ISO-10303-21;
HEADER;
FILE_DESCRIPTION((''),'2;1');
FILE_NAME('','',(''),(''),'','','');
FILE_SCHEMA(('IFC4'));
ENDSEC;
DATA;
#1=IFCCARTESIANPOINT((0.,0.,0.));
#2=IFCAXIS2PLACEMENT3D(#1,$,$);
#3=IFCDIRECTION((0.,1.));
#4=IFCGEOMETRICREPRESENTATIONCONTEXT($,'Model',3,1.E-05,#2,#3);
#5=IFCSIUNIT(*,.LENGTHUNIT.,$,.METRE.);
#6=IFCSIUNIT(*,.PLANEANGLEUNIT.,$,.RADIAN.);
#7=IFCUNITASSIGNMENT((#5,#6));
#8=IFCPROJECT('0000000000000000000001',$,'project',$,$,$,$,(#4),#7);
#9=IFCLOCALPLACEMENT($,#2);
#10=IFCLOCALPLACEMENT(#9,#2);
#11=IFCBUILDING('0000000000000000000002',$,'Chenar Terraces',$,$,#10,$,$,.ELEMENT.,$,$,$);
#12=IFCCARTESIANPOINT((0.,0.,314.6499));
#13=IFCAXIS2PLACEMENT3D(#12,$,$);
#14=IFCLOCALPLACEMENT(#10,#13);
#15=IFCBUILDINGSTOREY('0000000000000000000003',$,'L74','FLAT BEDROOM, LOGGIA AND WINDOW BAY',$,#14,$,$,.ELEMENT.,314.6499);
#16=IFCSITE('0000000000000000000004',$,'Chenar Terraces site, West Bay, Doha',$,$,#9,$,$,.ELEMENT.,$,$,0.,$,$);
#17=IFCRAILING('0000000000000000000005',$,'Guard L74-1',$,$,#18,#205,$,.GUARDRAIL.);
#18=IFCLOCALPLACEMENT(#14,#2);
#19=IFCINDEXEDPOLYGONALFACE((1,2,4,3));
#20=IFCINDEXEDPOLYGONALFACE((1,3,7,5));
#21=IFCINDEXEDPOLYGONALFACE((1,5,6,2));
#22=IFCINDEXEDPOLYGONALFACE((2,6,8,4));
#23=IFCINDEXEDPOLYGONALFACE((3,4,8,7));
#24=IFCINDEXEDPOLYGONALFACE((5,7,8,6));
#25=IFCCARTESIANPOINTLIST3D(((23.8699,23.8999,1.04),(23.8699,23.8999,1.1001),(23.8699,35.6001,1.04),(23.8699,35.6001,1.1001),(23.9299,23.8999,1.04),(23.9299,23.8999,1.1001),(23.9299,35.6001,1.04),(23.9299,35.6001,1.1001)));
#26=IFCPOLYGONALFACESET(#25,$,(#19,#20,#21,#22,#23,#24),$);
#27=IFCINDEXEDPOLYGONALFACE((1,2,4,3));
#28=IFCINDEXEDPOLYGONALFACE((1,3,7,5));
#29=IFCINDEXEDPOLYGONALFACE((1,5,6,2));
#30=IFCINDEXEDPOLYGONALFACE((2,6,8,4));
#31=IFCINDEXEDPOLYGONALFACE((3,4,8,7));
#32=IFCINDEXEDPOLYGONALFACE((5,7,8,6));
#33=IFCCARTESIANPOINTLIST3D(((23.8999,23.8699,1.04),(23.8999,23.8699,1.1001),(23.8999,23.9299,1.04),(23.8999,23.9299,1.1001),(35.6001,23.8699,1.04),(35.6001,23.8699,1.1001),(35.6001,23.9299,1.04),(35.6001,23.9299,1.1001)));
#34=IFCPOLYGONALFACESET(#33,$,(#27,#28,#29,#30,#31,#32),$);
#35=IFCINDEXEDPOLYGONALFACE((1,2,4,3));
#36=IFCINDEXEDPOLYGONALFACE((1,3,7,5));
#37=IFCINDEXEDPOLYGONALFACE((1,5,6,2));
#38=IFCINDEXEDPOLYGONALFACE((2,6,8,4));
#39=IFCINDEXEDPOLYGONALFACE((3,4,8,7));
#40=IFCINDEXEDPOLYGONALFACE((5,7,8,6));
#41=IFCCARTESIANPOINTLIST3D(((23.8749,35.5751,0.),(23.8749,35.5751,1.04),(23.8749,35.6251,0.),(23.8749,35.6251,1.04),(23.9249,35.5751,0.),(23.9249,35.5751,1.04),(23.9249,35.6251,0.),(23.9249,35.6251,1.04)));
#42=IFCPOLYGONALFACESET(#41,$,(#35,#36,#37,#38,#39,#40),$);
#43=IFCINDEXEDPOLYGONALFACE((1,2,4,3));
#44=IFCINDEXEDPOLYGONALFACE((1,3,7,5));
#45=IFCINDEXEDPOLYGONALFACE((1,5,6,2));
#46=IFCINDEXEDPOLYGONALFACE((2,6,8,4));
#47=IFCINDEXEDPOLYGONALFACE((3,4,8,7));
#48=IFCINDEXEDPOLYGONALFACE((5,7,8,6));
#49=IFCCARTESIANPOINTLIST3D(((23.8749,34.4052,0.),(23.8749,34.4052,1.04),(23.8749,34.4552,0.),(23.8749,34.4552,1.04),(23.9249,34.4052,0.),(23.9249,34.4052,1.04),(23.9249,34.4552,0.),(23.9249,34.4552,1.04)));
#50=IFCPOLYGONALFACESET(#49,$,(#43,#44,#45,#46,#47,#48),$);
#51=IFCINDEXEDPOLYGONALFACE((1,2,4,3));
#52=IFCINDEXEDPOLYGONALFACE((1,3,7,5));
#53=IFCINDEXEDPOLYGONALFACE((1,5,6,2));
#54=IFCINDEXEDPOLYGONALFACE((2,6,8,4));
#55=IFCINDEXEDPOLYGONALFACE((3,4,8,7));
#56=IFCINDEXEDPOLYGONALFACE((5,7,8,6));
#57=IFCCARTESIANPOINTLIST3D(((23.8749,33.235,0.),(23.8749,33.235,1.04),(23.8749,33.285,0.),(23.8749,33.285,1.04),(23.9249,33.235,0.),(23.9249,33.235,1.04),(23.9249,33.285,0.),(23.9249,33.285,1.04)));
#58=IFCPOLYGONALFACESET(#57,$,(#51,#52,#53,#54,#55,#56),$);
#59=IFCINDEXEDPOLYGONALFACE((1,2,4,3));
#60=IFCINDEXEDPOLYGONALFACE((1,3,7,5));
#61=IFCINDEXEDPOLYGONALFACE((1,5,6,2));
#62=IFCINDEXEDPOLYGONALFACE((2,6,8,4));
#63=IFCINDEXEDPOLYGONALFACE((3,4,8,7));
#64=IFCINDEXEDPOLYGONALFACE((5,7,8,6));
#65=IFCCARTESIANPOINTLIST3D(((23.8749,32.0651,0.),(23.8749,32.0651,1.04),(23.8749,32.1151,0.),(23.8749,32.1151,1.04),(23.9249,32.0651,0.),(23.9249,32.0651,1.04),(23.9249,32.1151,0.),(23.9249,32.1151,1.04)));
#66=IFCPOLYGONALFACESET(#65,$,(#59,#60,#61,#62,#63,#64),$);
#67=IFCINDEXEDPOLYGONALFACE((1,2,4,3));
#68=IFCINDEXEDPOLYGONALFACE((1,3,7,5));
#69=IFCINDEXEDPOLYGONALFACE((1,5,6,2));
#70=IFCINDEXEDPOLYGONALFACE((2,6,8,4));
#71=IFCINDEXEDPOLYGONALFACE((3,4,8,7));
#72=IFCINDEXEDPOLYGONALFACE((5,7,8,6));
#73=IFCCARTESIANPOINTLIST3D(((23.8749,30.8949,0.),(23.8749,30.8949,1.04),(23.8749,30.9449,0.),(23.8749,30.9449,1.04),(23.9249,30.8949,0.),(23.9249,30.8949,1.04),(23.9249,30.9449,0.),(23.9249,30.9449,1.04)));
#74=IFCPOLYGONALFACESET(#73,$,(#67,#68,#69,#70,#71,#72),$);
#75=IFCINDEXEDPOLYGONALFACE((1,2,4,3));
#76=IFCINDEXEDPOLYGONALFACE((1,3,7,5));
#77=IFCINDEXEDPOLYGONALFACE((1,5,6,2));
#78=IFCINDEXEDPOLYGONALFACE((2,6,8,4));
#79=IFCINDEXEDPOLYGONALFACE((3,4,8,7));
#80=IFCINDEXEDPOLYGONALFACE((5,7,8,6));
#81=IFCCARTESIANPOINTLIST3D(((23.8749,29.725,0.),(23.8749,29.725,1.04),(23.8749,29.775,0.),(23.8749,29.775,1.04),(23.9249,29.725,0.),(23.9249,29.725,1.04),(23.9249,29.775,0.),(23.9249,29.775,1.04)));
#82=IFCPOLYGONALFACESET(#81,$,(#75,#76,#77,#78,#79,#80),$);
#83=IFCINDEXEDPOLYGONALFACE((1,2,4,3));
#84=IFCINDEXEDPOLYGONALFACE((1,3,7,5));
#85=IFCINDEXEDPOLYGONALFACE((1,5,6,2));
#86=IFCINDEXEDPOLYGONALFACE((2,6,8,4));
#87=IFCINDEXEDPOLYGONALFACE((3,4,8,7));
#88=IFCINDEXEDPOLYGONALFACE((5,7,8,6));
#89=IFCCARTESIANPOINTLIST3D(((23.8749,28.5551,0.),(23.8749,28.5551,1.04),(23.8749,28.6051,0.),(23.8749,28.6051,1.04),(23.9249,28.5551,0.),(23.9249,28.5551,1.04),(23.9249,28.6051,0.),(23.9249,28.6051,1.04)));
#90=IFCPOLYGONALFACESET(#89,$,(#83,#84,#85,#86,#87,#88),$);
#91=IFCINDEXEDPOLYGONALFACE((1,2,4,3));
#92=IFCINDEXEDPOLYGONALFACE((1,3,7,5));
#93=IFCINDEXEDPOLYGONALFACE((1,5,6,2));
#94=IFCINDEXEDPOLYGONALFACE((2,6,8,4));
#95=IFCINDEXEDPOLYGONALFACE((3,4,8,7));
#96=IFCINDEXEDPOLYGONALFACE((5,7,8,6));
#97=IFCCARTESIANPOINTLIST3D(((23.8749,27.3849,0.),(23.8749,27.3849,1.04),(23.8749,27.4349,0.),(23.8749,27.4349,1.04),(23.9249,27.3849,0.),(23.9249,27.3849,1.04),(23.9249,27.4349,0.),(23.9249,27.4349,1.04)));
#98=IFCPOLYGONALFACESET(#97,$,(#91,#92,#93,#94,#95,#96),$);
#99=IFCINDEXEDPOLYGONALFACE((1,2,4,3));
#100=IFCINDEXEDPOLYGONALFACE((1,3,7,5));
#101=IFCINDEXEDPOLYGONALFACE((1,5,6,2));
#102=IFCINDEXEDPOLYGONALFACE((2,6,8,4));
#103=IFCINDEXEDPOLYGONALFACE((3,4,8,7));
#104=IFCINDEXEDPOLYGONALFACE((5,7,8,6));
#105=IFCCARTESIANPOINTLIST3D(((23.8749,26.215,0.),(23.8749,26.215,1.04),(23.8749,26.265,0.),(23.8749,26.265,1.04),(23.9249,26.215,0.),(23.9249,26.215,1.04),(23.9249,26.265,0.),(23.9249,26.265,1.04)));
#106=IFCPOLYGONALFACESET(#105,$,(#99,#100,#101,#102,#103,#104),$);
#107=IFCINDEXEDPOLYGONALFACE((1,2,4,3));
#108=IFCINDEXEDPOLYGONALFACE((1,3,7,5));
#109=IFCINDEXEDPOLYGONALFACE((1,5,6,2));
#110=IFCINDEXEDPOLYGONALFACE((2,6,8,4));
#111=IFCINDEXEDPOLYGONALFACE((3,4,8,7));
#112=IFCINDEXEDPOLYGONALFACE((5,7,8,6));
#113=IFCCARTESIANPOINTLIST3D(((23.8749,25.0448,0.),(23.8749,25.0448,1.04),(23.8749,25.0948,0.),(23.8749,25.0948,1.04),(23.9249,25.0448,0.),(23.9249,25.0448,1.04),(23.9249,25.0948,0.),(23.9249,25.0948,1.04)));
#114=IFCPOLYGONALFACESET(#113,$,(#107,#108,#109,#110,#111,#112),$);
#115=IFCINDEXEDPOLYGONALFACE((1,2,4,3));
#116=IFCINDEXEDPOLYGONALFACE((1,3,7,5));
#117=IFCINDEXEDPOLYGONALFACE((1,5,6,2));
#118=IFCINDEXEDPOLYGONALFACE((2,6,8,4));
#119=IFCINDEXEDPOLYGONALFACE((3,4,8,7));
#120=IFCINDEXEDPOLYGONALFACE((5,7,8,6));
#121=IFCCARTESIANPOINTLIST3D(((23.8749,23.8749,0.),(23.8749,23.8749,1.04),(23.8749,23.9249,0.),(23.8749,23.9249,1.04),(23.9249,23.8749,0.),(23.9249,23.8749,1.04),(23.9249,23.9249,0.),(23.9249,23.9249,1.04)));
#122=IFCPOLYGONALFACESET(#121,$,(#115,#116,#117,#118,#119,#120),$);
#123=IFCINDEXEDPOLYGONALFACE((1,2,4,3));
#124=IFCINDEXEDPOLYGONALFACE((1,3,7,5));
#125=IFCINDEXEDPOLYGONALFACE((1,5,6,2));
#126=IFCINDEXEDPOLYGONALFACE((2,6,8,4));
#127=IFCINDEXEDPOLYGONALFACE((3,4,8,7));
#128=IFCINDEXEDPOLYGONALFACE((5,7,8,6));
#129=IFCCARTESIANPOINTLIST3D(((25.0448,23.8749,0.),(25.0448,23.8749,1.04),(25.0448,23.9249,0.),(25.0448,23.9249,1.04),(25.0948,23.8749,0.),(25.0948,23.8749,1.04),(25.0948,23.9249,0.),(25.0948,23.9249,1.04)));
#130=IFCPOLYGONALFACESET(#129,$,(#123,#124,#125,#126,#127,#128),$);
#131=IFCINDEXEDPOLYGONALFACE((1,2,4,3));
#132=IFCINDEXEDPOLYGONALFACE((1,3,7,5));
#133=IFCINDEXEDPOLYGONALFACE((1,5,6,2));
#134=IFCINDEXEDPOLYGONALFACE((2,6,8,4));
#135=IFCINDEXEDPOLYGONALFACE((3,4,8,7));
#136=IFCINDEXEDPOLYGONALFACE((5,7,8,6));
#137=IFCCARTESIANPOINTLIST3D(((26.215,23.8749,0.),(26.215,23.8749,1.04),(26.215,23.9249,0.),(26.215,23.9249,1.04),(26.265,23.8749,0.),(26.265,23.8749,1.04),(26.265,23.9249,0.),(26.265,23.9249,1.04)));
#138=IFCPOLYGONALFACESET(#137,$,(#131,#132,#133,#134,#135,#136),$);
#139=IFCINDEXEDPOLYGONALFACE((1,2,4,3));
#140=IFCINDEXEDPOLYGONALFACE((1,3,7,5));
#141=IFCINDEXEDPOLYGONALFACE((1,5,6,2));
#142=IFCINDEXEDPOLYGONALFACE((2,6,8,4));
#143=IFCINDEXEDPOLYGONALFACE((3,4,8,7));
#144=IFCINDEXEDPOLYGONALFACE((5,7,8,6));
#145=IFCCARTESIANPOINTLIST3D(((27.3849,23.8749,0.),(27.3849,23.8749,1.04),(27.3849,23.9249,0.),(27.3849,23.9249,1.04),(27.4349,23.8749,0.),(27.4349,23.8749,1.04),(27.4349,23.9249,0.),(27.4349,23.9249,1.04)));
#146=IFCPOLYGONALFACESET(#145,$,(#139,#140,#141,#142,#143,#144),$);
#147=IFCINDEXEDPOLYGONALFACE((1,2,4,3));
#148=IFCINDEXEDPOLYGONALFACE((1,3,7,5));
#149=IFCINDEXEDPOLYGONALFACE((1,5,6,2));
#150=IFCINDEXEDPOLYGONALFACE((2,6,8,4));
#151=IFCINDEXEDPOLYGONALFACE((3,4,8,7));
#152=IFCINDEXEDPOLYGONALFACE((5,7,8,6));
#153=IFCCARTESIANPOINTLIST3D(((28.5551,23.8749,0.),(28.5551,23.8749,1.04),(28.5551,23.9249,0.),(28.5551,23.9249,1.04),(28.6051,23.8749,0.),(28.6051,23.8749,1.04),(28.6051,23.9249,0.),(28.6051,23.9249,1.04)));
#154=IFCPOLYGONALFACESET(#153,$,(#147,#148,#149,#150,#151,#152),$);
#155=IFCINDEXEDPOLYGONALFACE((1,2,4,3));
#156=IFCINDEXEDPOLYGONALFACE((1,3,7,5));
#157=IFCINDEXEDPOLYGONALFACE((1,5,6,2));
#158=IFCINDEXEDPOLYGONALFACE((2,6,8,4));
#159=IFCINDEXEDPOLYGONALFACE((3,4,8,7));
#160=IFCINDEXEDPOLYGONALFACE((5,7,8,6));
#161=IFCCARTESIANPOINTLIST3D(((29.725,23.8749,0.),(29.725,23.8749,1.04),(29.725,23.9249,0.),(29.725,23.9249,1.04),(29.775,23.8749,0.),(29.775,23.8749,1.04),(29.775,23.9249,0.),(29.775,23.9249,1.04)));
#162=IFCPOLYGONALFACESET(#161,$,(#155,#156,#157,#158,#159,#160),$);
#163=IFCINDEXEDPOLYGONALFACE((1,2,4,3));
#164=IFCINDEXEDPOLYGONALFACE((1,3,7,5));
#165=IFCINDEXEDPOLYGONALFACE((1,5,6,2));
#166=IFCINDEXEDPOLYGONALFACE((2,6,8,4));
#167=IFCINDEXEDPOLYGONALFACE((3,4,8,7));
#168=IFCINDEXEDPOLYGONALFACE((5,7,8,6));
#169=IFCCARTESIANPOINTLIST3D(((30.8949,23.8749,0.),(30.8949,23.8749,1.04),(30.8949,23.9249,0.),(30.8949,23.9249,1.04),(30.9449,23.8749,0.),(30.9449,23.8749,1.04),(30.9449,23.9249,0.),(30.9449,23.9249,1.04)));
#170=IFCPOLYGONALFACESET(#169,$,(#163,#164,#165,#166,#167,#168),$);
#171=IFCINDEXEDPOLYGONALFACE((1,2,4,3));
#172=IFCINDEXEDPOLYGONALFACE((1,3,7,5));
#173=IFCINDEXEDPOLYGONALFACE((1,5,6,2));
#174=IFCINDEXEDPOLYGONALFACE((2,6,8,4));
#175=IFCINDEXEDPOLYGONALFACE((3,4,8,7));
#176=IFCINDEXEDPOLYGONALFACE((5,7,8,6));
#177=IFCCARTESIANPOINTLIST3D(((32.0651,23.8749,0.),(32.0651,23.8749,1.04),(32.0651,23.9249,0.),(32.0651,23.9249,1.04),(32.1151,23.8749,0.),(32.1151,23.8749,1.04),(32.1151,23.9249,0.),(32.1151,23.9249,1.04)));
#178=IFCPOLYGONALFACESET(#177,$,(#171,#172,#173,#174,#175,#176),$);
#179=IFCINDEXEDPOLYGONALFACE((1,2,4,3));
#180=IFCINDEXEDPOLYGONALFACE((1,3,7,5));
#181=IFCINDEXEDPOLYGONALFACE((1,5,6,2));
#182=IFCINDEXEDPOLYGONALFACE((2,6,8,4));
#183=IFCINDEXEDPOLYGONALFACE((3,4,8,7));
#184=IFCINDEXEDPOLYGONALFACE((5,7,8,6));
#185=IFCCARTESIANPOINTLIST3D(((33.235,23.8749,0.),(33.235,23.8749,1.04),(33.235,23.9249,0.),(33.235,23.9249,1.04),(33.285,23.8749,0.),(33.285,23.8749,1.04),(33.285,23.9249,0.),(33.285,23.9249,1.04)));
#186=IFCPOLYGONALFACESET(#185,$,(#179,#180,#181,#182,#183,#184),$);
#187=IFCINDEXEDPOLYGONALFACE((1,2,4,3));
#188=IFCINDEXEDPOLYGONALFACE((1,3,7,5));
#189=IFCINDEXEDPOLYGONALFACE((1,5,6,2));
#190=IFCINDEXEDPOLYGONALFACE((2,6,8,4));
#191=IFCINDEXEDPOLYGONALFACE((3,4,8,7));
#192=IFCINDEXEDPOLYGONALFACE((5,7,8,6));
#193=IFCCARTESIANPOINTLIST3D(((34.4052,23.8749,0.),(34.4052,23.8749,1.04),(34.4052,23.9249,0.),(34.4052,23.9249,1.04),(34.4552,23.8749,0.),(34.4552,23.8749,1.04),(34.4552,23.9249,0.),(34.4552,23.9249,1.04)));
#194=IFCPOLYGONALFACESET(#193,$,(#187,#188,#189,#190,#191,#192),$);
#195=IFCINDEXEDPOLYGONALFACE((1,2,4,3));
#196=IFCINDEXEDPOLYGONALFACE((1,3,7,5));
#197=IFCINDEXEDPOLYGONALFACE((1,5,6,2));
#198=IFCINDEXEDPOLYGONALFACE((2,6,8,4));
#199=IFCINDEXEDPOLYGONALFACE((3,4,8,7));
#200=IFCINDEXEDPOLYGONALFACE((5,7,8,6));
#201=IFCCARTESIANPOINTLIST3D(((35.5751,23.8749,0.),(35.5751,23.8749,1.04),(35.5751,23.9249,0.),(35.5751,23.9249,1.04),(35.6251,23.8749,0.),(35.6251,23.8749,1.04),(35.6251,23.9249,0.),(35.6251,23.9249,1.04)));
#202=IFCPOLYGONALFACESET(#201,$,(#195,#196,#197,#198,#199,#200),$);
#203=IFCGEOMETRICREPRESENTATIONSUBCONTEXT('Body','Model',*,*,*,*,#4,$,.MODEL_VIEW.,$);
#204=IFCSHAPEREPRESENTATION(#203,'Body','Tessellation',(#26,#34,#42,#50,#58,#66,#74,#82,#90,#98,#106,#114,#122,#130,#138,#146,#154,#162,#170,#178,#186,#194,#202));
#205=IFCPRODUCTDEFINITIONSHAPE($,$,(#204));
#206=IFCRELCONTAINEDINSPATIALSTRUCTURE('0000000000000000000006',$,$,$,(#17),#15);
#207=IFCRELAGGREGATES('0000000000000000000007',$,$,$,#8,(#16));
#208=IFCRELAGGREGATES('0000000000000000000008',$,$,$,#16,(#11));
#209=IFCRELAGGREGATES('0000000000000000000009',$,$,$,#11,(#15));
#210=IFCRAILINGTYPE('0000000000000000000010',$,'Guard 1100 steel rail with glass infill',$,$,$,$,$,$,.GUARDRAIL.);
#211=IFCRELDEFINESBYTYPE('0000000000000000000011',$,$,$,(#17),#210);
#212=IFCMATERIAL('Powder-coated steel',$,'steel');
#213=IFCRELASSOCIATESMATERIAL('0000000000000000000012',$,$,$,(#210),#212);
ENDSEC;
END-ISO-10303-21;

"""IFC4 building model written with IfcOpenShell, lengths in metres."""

from ifc_helpers import new_model, si_unit, direction, frame, origin, origin_2d, place, context, subcontext, project, spatial, rectangle, extrude, material, type_object, element, save


model = new_model("IFC4")

# Units and contexts
model_context = context("Model", 3, precision=1e-05, world=origin(), true_north=direction((0.0, 1.0)))
body_context = subcontext(model_context, "Body", "Model", "MODEL_VIEW")
ifc_project = project(units=[si_unit("LENGTHUNIT", "METRE"), si_unit("PLANEANGLEUNIT", "RADIAN")], contexts=[model_context])

# Site, building, storey
site_placement = place(None, origin())
site = spatial("IfcSite", under=ifc_project, at=site_placement, Name="Chenar Terraces site, West Bay, Doha", CompositionType="ELEMENT", RefElevation=0.0)
building_placement = place(site_placement, origin())
building = spatial("IfcBuilding", under=site, at=building_placement, Name="Chenar Terraces", CompositionType="ELEMENT")
storey_placement = place(building_placement, frame((0.0, 0.0, 314.6499)))
storey = spatial("IfcBuildingStorey", under=building, at=storey_placement, Name="L74", Description="FLAT BEDROOM, LOGGIA AND WINDOW BAY", CompositionType="ELEMENT", Elevation=314.6499)

# Railing
ifc_material_1 = material(Name="Powder-coated steel", Category="steel")
railing_type = type_object("IfcRailingType", Name="Guard 1100 steel rail with glass infill", PredefinedType="GUARDRAIL", material=ifc_material_1)
railing_placement = place(storey_placement, frame((23.8999, 35.6001, 0.0)))
element("IfcRailing", 1, at=railing_placement, inside=storey, type_object=railing_type, Name="Guard L74-1", PredefinedType="GUARDRAIL", context=body_context, shape_type="SweptSolid", body=[
    extrude(rectangle(XDim=0.0601, YDim=0.0601, at=origin_2d()), frame((0.0, 0.0, 1.0701), z_axis=(0.0, -1.0, 0.0), x_axis=(1.0, 0.0, 0.0)), (0.0, 0.0, 1.0), 11.7002),
    extrude(rectangle(XDim=0.0601, YDim=0.0601, at=origin_2d()), frame((0.0, -11.7002, 1.0701), z_axis=(1.0, 0.0, 0.0), x_axis=(0.0, 1.0, 0.0)), (0.0, 0.0, 1.0), 11.7002),
    extrude(rectangle(XDim=0.05, YDim=0.05, at=origin_2d()), origin(), (0.0, 0.0, 1.0), 1.04),
    extrude(rectangle(XDim=0.05, YDim=0.05, at=origin_2d()), frame((0.0, -1.1699, 0.0)), (0.0, 0.0, 1.0), 1.04),
    extrude(rectangle(XDim=0.05, YDim=0.05, at=origin_2d()), frame((0.0, -2.3401, 0.0)), (0.0, 0.0, 1.0), 1.04),
    extrude(rectangle(XDim=0.05, YDim=0.05, at=origin_2d()), frame((0.0, -3.51, 0.0)), (0.0, 0.0, 1.0), 1.04),
    extrude(rectangle(XDim=0.05, YDim=0.05, at=origin_2d()), frame((0.0, -4.6802, 0.0)), (0.0, 0.0, 1.0), 1.04),
    extrude(rectangle(XDim=0.05, YDim=0.05, at=origin_2d()), frame((0.0, -5.8501, 0.0)), (0.0, 0.0, 1.0), 1.04),
    extrude(rectangle(XDim=0.05, YDim=0.05, at=origin_2d()), frame((0.0, -7.02, 0.0)), (0.0, 0.0, 1.0), 1.04),
    extrude(rectangle(XDim=0.05, YDim=0.05, at=origin_2d()), frame((0.0, -8.1902, 0.0)), (0.0, 0.0, 1.0), 1.04),
    extrude(rectangle(XDim=0.05, YDim=0.05, at=origin_2d()), frame((0.0, -9.3601, 0.0)), (0.0, 0.0, 1.0), 1.04),
    extrude(rectangle(XDim=0.05, YDim=0.05, at=origin_2d()), frame((0.0, -10.5303, 0.0)), (0.0, 0.0, 1.0), 1.04),
    extrude(rectangle(XDim=0.05, YDim=0.05, at=origin_2d()), frame((0.0, -11.7002, 0.0)), (0.0, 0.0, 1.0), 1.04),
    extrude(rectangle(XDim=0.05, YDim=0.05, at=origin_2d()), frame((1.1699, -11.7002, 0.0)), (0.0, 0.0, 1.0), 1.04),
    extrude(rectangle(XDim=0.05, YDim=0.05, at=origin_2d()), frame((2.3401, -11.7002, 0.0)), (0.0, 0.0, 1.0), 1.04),
    extrude(rectangle(XDim=0.05, YDim=0.05, at=origin_2d()), frame((3.51, -11.7002, 0.0)), (0.0, 0.0, 1.0), 1.04),
    extrude(rectangle(XDim=0.05, YDim=0.05, at=origin_2d()), frame((4.6802, -11.7002, 0.0)), (0.0, 0.0, 1.0), 1.04),
    extrude(rectangle(XDim=0.05, YDim=0.05, at=origin_2d()), frame((5.8501, -11.7002, 0.0)), (0.0, 0.0, 1.0), 1.04),
    extrude(rectangle(XDim=0.05, YDim=0.05, at=origin_2d()), frame((7.02, -11.7002, 0.0)), (0.0, 0.0, 1.0), 1.04),
    extrude(rectangle(XDim=0.05, YDim=0.05, at=origin_2d()), frame((8.1902, -11.7002, 0.0)), (0.0, 0.0, 1.0), 1.04),
    extrude(rectangle(XDim=0.05, YDim=0.05, at=origin_2d()), frame((9.3601, -11.7002, 0.0)), (0.0, 0.0, 1.0), 1.04),
    extrude(rectangle(XDim=0.05, YDim=0.05, at=origin_2d()), frame((10.5303, -11.7002, 0.0)), (0.0, 0.0, 1.0), 1.04),
    extrude(rectangle(XDim=0.05, YDim=0.05, at=origin_2d()), frame((11.7002, -11.7002, 0.0)), (0.0, 0.0, 1.0), 1.04),
])

save(model, "model.ifc")
